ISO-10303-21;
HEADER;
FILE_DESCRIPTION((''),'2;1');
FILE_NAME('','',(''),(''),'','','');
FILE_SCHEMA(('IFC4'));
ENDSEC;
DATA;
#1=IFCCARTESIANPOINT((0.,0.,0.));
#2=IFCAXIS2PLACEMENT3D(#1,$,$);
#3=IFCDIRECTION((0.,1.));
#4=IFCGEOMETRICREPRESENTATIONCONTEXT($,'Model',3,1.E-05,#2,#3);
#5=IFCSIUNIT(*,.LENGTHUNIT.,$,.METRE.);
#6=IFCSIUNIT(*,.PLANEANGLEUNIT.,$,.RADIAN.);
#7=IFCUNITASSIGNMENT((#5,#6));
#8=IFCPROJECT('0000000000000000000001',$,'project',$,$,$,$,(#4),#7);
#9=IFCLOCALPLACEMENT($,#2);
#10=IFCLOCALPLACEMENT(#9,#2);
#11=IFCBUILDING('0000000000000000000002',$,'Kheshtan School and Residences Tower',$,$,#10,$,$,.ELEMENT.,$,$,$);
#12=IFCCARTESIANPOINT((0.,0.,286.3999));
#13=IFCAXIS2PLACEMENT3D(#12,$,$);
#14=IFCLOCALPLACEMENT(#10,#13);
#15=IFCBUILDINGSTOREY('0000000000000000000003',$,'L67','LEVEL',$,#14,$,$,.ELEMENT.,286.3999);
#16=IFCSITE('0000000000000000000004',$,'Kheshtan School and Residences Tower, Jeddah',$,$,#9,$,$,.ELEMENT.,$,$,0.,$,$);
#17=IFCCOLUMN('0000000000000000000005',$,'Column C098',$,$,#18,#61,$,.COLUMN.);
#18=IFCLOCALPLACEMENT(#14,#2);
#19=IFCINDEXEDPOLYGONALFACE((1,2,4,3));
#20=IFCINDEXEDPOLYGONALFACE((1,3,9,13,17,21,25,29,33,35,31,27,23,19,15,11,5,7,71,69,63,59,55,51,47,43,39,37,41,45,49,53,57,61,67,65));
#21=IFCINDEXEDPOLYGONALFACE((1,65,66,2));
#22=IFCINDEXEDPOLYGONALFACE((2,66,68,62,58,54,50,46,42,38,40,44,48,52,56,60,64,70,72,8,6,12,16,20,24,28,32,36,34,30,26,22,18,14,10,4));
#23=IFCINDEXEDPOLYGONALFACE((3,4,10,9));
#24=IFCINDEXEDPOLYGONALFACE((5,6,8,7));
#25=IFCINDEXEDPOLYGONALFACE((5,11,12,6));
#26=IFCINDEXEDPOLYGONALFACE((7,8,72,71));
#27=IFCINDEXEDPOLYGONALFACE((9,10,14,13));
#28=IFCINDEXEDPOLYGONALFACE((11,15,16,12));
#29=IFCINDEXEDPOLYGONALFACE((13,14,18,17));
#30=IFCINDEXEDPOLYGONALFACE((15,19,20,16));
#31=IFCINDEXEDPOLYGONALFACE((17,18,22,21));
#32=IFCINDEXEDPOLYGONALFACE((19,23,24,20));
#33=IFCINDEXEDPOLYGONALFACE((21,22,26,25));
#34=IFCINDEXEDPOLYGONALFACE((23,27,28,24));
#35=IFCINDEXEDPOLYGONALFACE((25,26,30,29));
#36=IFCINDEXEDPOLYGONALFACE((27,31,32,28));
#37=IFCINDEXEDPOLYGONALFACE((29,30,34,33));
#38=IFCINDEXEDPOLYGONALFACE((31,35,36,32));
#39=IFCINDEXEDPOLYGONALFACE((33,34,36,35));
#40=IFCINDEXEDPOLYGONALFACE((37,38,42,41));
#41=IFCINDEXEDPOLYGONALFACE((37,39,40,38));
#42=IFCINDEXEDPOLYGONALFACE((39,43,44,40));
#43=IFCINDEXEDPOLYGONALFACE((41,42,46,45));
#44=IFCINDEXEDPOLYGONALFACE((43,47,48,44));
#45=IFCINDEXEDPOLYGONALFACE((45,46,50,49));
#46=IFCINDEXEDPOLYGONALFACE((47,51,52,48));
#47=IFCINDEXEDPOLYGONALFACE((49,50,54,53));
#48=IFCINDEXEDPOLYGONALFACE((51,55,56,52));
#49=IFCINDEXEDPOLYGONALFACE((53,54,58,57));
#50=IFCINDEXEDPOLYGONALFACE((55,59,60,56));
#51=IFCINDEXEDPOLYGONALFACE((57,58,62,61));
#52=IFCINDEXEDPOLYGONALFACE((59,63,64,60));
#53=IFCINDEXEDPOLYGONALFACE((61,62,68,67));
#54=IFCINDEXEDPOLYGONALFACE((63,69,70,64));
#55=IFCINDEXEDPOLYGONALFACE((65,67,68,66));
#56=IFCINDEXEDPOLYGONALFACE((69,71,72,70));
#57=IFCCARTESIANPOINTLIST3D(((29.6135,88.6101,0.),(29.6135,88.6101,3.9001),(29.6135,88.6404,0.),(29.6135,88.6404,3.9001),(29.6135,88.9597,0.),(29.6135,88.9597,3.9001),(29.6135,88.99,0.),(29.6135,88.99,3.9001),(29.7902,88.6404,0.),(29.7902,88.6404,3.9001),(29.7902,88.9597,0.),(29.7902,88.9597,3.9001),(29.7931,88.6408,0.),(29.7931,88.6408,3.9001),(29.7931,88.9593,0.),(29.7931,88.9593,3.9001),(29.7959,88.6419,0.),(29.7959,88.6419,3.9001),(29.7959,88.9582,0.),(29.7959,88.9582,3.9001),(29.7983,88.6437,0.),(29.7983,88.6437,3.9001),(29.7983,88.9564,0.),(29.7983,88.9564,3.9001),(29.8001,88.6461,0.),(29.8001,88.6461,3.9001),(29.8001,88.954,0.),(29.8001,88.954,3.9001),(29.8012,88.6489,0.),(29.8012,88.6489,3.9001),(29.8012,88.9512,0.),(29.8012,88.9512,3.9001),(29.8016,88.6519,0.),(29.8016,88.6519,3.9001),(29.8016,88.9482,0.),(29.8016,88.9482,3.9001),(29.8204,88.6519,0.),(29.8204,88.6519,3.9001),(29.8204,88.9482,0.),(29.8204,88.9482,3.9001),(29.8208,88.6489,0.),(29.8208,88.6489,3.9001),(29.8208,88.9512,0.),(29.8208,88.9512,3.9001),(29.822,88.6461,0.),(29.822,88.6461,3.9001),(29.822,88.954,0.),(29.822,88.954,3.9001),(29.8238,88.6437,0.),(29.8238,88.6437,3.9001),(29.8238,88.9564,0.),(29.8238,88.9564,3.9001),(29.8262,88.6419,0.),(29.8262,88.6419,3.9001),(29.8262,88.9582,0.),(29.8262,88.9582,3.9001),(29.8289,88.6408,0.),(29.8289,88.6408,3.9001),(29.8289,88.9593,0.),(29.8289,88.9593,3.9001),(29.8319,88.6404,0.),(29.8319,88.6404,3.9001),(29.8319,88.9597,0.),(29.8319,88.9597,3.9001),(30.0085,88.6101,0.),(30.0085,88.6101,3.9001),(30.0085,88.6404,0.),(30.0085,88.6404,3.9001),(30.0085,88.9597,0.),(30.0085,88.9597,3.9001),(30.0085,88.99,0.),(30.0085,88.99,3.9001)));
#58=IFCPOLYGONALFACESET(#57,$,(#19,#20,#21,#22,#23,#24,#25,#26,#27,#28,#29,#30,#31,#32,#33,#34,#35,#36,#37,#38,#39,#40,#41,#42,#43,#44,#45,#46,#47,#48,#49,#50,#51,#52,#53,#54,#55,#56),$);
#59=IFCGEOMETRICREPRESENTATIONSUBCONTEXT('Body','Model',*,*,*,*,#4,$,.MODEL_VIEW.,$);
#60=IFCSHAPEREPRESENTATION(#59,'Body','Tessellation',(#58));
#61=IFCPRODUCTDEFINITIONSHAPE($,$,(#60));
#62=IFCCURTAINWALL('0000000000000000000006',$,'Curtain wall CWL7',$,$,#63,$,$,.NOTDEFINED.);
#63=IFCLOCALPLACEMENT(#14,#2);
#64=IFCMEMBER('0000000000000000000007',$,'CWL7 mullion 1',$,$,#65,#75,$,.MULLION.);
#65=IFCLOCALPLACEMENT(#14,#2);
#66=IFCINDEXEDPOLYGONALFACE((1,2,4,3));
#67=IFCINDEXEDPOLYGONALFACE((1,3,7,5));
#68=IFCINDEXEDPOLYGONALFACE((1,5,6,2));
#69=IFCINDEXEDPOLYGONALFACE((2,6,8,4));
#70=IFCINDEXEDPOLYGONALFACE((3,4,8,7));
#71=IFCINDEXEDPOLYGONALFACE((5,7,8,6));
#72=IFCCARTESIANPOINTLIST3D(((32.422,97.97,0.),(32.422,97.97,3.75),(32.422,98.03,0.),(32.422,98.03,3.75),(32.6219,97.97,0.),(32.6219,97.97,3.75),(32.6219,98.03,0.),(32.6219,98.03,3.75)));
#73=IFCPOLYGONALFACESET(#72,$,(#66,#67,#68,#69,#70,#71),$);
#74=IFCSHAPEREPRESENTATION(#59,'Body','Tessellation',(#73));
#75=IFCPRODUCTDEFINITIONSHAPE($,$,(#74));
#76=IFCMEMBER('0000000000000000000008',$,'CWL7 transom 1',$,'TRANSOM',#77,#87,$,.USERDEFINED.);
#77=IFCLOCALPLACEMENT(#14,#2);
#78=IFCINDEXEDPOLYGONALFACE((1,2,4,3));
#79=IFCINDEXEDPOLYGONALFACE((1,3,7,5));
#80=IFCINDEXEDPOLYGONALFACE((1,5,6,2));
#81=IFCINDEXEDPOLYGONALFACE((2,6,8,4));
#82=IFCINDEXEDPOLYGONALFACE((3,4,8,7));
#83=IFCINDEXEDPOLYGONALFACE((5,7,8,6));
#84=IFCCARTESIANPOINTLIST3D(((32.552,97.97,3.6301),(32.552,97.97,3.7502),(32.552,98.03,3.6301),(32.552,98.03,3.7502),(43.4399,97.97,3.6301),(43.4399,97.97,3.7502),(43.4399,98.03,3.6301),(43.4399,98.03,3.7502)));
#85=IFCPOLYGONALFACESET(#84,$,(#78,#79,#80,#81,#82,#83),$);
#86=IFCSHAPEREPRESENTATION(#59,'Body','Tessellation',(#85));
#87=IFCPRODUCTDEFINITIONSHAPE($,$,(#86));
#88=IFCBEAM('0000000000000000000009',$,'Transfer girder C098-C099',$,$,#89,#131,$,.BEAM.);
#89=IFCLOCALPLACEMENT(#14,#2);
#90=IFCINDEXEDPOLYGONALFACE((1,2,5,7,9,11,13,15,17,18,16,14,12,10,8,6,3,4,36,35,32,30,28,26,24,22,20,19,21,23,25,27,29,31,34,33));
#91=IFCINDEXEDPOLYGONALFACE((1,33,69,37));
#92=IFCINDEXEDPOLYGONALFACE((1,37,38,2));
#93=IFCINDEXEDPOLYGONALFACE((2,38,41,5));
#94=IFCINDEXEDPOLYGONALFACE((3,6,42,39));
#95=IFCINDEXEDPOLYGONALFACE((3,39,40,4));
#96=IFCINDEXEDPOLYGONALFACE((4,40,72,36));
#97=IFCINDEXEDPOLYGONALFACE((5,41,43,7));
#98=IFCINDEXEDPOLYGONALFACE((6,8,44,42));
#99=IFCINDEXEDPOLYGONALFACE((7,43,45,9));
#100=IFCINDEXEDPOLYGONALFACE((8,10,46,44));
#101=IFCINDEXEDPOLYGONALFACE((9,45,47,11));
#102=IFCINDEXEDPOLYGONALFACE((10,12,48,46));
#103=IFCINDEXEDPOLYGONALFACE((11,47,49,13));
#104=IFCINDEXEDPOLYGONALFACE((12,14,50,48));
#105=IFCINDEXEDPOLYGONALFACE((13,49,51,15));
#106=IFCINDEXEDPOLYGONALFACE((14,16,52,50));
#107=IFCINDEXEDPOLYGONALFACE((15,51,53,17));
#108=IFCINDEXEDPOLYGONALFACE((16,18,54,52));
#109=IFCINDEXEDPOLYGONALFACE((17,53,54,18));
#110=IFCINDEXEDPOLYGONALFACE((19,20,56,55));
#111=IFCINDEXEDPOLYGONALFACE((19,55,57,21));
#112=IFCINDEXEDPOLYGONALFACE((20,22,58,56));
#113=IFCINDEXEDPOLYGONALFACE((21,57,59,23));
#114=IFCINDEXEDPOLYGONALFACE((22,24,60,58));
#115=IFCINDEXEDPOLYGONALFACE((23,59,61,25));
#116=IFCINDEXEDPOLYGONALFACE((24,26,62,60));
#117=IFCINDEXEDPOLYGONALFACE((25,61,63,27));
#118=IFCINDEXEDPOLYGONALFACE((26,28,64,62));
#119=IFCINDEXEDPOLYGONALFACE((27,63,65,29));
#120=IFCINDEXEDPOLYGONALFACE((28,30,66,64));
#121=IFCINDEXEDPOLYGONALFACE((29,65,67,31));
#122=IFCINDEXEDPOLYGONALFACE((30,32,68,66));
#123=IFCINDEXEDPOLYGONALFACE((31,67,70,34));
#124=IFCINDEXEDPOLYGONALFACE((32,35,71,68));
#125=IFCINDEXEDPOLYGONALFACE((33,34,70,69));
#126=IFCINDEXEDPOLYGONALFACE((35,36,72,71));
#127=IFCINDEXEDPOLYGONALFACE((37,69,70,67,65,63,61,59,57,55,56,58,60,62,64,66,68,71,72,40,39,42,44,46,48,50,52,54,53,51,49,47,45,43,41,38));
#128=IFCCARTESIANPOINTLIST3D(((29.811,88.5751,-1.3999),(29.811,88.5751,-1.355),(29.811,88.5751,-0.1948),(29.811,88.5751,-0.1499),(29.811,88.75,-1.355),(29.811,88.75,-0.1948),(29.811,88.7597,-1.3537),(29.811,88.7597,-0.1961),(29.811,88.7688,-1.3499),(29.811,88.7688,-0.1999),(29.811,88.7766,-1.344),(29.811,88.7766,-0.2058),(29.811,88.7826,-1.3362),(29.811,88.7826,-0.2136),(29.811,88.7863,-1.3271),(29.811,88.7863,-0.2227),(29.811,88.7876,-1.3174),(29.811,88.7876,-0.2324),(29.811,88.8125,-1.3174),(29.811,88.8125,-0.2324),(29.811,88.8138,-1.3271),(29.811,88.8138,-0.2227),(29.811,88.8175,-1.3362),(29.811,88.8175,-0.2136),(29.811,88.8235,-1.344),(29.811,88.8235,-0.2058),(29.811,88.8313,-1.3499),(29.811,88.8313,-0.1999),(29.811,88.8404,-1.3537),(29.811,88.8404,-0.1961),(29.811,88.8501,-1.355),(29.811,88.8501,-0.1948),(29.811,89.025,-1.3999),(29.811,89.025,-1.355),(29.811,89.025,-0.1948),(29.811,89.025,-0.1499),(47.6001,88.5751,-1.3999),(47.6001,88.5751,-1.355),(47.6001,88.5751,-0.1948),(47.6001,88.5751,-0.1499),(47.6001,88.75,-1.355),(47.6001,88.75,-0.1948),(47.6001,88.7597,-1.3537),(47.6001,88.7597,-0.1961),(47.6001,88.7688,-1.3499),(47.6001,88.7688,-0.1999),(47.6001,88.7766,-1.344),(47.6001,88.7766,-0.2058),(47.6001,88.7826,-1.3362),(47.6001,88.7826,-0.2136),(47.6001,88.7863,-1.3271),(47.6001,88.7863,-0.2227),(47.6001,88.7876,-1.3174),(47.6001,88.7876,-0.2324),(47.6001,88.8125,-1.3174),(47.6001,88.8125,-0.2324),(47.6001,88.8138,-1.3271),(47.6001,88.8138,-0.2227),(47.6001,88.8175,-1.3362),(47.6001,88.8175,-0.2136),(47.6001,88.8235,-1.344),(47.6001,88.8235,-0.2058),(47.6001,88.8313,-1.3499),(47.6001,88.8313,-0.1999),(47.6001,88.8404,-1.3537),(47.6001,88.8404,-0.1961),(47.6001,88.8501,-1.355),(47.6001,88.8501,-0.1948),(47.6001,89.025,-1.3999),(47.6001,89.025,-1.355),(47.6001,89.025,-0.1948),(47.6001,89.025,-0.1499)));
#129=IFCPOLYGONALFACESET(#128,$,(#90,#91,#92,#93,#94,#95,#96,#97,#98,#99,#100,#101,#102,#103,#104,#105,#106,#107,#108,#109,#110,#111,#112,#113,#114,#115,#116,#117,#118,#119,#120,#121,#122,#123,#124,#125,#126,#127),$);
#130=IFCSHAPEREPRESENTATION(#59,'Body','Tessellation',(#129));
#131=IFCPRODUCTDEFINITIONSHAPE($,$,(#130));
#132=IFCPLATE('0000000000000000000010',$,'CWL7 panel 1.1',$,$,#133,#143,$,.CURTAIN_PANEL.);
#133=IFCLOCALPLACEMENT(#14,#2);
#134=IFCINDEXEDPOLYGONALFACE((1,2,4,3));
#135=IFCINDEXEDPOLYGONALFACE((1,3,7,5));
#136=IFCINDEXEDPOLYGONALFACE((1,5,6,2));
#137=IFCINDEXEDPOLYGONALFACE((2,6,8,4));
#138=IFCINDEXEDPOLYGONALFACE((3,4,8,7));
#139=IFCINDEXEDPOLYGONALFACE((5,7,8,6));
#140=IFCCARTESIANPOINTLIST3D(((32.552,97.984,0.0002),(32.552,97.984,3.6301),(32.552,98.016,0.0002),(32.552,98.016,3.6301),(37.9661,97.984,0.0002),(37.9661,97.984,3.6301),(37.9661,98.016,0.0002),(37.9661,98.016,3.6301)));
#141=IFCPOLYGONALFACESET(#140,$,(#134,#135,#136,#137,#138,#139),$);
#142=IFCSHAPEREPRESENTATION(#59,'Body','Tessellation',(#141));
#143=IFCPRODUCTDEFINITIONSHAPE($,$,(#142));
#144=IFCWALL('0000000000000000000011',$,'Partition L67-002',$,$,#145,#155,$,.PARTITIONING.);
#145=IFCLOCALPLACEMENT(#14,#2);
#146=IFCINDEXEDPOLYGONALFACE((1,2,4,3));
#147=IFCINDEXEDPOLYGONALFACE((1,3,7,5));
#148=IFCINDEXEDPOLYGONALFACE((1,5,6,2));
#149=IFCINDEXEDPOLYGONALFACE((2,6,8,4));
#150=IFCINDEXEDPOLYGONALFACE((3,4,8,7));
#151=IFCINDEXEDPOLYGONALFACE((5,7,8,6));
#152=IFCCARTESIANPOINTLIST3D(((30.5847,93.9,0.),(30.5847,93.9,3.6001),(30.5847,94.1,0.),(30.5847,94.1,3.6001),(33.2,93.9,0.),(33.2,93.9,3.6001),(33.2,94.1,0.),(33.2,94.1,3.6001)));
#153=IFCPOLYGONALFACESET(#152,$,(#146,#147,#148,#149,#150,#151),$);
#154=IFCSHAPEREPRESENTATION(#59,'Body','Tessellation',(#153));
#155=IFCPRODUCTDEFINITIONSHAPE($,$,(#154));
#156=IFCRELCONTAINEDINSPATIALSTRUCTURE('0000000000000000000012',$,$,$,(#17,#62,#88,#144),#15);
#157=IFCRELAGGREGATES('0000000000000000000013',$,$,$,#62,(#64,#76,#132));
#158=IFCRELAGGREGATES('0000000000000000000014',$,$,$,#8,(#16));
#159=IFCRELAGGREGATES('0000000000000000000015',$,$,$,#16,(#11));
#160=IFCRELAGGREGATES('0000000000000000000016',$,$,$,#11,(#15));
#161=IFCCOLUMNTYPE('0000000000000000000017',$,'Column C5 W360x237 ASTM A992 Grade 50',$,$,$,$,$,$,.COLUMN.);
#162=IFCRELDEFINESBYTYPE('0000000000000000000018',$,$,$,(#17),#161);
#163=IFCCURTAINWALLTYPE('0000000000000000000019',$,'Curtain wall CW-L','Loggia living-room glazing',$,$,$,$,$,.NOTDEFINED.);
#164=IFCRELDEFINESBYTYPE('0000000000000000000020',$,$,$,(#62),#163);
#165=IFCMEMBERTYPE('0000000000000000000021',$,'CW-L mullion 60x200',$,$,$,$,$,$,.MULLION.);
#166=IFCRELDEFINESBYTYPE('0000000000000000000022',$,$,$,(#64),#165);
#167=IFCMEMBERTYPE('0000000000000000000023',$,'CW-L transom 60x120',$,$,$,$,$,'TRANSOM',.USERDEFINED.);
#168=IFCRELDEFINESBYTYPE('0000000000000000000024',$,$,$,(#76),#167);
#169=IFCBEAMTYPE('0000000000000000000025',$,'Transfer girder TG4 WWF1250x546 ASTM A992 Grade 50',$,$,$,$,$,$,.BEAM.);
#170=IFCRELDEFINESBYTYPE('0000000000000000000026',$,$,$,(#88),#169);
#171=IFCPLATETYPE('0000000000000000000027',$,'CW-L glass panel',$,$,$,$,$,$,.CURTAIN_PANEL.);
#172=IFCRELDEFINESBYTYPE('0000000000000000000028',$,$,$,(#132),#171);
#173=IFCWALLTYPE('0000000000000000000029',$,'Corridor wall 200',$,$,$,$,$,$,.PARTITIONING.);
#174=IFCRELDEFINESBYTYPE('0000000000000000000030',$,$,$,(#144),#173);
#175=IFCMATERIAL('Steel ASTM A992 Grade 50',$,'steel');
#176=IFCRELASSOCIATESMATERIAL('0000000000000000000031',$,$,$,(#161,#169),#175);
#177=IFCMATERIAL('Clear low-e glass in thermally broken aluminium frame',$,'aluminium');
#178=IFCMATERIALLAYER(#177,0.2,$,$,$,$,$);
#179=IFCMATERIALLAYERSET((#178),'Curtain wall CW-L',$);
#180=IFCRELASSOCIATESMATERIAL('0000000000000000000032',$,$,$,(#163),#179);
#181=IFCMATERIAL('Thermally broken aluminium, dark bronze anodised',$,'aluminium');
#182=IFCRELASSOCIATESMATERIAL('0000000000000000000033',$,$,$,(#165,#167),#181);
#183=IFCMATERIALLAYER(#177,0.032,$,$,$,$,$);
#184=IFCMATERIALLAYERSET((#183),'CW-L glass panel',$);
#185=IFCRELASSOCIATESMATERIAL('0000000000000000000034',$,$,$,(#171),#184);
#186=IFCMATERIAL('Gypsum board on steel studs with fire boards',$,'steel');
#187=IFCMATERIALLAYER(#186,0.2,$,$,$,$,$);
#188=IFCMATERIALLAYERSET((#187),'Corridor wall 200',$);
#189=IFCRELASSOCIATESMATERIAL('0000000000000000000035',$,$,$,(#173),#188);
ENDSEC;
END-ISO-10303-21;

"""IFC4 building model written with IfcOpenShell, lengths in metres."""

from ifc_helpers import new_model, si_unit, direction, frame, frame_2d, origin, origin_2d, place, context, subcontext, project, spatial, rectangle, i_section, extrude, material, layer, layer_set, material_profile, profile_set, type_object, element, aggregate, save


model = new_model("IFC4")

# Units and contexts
model_context = context("Model", 3, precision=1e-05, world=origin(), true_north=direction((0.0, 1.0)))
body_context = subcontext(model_context, "Body", "Model", "MODEL_VIEW")
ifc_project = project(units=[si_unit("LENGTHUNIT", "METRE"), si_unit("PLANEANGLEUNIT", "RADIAN")], contexts=[model_context])

# Site, building, storey
site_placement = place(None, origin())
site = spatial("IfcSite", under=ifc_project, at=site_placement, Name="Kheshtan School and Residences Tower, Jeddah", CompositionType="ELEMENT", RefElevation=0.0)
building_placement = place(site_placement, origin())
building = spatial("IfcBuilding", under=site, at=building_placement, Name="Kheshtan School and Residences Tower", CompositionType="ELEMENT")
storey_placement = place(building_placement, frame((0.0, 0.0, 286.3999)))
storey = spatial("IfcBuildingStorey", under=building, at=storey_placement, Name="L67", Description="LEVEL", CompositionType="ELEMENT", Elevation=286.3999)

# Column
ifc_material_1 = material(Name="Steel ASTM A992 Grade 50", Category="steel")
ifc_material_profile_1 = material_profile(ifc_material_1, i_section(OverallWidth=0.395, OverallDepth=0.3799, WebThickness=0.0188, FlangeThickness=0.0303, FilletRadius=0.0115, at=origin_2d()), Name="W360x237")
ifc_profile_set_1 = profile_set([ifc_material_profile_1], Name="Steel ASTM A992 Grade 50")
column_type = type_object("IfcColumnType", Name="Column C5 W360x237 ASTM A992 Grade 50", PredefinedType="COLUMN", material=ifc_profile_set_1)
column_placement = place(storey_placement, frame((29.811, 88.8, 0.0), z_axis=(0.0, 0.0, 1.0), x_axis=(1.0, 0.0, 0.0)))
element("IfcColumn", 1, at=column_placement, inside=storey, type_object=column_type, Name="Column C098", PredefinedType="COLUMN", context=body_context, shape_type="SweptSolid", body=[
    extrude(i_section(OverallWidth=0.395, OverallDepth=0.3799, WebThickness=0.0188, FlangeThickness=0.0303, FilletRadius=0.0115, at=origin_2d()), origin(), (0.0, 0.0, 1.0), 3.9001),
])

# Curtain wall, members
ifc_material_2 = material(Name="Clear low-e glass in thermally broken aluminium frame", Category="aluminium")
ifc_layer_1 = layer(ifc_material_2, 0.2)
ifc_layer_set_1 = layer_set([ifc_layer_1], Name="Curtain wall CW-L")
curtain_wall_type = type_object("IfcCurtainWallType", Name="Curtain wall CW-L", Description="Loggia living-room glazing", PredefinedType="NOTDEFINED", material=ifc_layer_set_1)
curtain_wall_placement = place(storey_placement, origin())
curtain_wall = element("IfcCurtainWall", 2, at=curtain_wall_placement, inside=storey, type_object=curtain_wall_type, Name="Curtain wall CWL7", PredefinedType="NOTDEFINED")
ifc_material_3 = material(Name="Thermally broken aluminium, dark bronze anodised", Category="aluminium")
ifc_material_profile_2 = material_profile(ifc_material_3, rectangle(XDim=0.0601, YDim=0.2, at=origin_2d()), Name="CW-L mullion 60x200")
ifc_profile_set_2 = profile_set([ifc_material_profile_2], Name="Thermally broken aluminium, dark bronze anodised")
member_type_1 = type_object("IfcMemberType", Name="CW-L mullion 60x200", PredefinedType="MULLION", material=ifc_profile_set_2)
member_1_placement = place(storey_placement, frame((32.522, 98.0, 0.0), z_axis=(0.0, 0.0, 1.0), x_axis=(0.0, 1.0, 0.0)))
member_1 = element("IfcMember", 3, at=member_1_placement, type_object=member_type_1, Name="CWL7 mullion 1", PredefinedType="MULLION", context=body_context, shape_type="SweptSolid", body=[
    extrude(rectangle(XDim=0.0601, YDim=0.2, at=origin_2d()), origin(), (0.0, 0.0, 1.0), 3.75),
])
ifc_material_profile_3 = material_profile(ifc_material_3, rectangle(XDim=0.0601, YDim=0.1201, at=origin_2d()), Name="CW-L transom 60x120")
ifc_profile_set_3 = profile_set([ifc_material_profile_3], Name="Thermally broken aluminium, dark bronze anodised")
member_type_2 = type_object("IfcMemberType", Name="CW-L transom 60x120", ElementType="TRANSOM", PredefinedType="USERDEFINED", material=ifc_profile_set_3)
member_2_placement = place(storey_placement, frame((32.552, 98.0, 3.6902), z_axis=(1.0, 0.0, 0.0), x_axis=(0.0, 1.0, 0.0)))
member_2 = element("IfcMember", 4, at=member_2_placement, type_object=member_type_2, Name="CWL7 transom 1", ObjectType="TRANSOM", PredefinedType="USERDEFINED", context=body_context, shape_type="SweptSolid", body=[
    extrude(rectangle(XDim=0.0601, YDim=0.1201, at=origin_2d()), origin(), (0.0, 0.0, 1.0), 10.8879),
])

# Beam
ifc_material_profile_4 = material_profile(ifc_material_1, i_section(OverallWidth=0.45, OverallDepth=1.25, WebThickness=0.0249, FlangeThickness=0.0449, FilletRadius=0.0376, at=origin_2d()), Name="WWF1250x546")
ifc_profile_set_4 = profile_set([ifc_material_profile_4], Name="Steel ASTM A992 Grade 50")
beam_type = type_object("IfcBeamType", Name="Transfer girder TG4 WWF1250x546 ASTM A992 Grade 50", PredefinedType="BEAM", material=ifc_profile_set_4)
beam_placement = place(storey_placement, frame((29.811, 88.8, -0.7749), z_axis=(1.0, 0.0, 0.0), x_axis=(0.0, 1.0, 0.0)))
element("IfcBeam", 5, at=beam_placement, inside=storey, type_object=beam_type, Name="Transfer girder C098-C099", PredefinedType="BEAM", context=body_context, shape_type="SweptSolid", body=[
    extrude(i_section(OverallWidth=0.45, OverallDepth=1.25, WebThickness=0.0249, FlangeThickness=0.0449, FilletRadius=0.0376, at=origin_2d()), origin(), (0.0, 0.0, 1.0), 17.7891),
])

# Plate
ifc_layer_2 = layer(ifc_material_2, 0.032)
ifc_layer_set_2 = layer_set([ifc_layer_2], Name="CW-L glass panel")
plate_type = type_object("IfcPlateType", Name="CW-L glass panel", PredefinedType="CURTAIN_PANEL", material=ifc_layer_set_2)
plate_placement = place(storey_placement, frame((35.259, 98.0, 0.0002), z_axis=(0.0, 0.0, 1.0), x_axis=(1.0, 0.0, 0.0)))
plate = element("IfcPlate", 6, at=plate_placement, type_object=plate_type, Name="CWL7 panel 1.1", PredefinedType="CURTAIN_PANEL", context=body_context, shape_type="SweptSolid", body=[
    extrude(rectangle(XDim=5.4141, YDim=0.032, at=origin_2d()), origin(), (0.0, 0.0, 1.0), 3.6299),
])
aggregate(curtain_wall, [member_1, member_2, plate])

# Wall
ifc_material_4 = material(Name="Gypsum board on steel studs with fire boards", Category="steel")
ifc_layer_3 = layer(ifc_material_4, 0.2)
ifc_layer_set_3 = layer_set([ifc_layer_3], Name="Corridor wall 200")
wall_type_1 = type_object("IfcWallType", Name="Corridor wall 200", PredefinedType="PARTITIONING", material=ifc_layer_set_3)
wall_1_placement = place(storey_placement, frame((30.5847, 94.0, 0.0), z_axis=(0.0, 0.0, 1.0), x_axis=(1.0, 0.0, 0.0)))
element("IfcWall", 7, at=wall_1_placement, inside=storey, type_object=wall_type_1, Name="Partition L67-002", PredefinedType="PARTITIONING", context=body_context, shape_type="SweptSolid", body=[
    extrude(rectangle(XDim=2.6152, YDim=0.2, at=frame_2d((1.3076, 0.0))), origin(), (0.0, 0.0, 1.0), 3.6001),
])

save(model, "model.ifc")
